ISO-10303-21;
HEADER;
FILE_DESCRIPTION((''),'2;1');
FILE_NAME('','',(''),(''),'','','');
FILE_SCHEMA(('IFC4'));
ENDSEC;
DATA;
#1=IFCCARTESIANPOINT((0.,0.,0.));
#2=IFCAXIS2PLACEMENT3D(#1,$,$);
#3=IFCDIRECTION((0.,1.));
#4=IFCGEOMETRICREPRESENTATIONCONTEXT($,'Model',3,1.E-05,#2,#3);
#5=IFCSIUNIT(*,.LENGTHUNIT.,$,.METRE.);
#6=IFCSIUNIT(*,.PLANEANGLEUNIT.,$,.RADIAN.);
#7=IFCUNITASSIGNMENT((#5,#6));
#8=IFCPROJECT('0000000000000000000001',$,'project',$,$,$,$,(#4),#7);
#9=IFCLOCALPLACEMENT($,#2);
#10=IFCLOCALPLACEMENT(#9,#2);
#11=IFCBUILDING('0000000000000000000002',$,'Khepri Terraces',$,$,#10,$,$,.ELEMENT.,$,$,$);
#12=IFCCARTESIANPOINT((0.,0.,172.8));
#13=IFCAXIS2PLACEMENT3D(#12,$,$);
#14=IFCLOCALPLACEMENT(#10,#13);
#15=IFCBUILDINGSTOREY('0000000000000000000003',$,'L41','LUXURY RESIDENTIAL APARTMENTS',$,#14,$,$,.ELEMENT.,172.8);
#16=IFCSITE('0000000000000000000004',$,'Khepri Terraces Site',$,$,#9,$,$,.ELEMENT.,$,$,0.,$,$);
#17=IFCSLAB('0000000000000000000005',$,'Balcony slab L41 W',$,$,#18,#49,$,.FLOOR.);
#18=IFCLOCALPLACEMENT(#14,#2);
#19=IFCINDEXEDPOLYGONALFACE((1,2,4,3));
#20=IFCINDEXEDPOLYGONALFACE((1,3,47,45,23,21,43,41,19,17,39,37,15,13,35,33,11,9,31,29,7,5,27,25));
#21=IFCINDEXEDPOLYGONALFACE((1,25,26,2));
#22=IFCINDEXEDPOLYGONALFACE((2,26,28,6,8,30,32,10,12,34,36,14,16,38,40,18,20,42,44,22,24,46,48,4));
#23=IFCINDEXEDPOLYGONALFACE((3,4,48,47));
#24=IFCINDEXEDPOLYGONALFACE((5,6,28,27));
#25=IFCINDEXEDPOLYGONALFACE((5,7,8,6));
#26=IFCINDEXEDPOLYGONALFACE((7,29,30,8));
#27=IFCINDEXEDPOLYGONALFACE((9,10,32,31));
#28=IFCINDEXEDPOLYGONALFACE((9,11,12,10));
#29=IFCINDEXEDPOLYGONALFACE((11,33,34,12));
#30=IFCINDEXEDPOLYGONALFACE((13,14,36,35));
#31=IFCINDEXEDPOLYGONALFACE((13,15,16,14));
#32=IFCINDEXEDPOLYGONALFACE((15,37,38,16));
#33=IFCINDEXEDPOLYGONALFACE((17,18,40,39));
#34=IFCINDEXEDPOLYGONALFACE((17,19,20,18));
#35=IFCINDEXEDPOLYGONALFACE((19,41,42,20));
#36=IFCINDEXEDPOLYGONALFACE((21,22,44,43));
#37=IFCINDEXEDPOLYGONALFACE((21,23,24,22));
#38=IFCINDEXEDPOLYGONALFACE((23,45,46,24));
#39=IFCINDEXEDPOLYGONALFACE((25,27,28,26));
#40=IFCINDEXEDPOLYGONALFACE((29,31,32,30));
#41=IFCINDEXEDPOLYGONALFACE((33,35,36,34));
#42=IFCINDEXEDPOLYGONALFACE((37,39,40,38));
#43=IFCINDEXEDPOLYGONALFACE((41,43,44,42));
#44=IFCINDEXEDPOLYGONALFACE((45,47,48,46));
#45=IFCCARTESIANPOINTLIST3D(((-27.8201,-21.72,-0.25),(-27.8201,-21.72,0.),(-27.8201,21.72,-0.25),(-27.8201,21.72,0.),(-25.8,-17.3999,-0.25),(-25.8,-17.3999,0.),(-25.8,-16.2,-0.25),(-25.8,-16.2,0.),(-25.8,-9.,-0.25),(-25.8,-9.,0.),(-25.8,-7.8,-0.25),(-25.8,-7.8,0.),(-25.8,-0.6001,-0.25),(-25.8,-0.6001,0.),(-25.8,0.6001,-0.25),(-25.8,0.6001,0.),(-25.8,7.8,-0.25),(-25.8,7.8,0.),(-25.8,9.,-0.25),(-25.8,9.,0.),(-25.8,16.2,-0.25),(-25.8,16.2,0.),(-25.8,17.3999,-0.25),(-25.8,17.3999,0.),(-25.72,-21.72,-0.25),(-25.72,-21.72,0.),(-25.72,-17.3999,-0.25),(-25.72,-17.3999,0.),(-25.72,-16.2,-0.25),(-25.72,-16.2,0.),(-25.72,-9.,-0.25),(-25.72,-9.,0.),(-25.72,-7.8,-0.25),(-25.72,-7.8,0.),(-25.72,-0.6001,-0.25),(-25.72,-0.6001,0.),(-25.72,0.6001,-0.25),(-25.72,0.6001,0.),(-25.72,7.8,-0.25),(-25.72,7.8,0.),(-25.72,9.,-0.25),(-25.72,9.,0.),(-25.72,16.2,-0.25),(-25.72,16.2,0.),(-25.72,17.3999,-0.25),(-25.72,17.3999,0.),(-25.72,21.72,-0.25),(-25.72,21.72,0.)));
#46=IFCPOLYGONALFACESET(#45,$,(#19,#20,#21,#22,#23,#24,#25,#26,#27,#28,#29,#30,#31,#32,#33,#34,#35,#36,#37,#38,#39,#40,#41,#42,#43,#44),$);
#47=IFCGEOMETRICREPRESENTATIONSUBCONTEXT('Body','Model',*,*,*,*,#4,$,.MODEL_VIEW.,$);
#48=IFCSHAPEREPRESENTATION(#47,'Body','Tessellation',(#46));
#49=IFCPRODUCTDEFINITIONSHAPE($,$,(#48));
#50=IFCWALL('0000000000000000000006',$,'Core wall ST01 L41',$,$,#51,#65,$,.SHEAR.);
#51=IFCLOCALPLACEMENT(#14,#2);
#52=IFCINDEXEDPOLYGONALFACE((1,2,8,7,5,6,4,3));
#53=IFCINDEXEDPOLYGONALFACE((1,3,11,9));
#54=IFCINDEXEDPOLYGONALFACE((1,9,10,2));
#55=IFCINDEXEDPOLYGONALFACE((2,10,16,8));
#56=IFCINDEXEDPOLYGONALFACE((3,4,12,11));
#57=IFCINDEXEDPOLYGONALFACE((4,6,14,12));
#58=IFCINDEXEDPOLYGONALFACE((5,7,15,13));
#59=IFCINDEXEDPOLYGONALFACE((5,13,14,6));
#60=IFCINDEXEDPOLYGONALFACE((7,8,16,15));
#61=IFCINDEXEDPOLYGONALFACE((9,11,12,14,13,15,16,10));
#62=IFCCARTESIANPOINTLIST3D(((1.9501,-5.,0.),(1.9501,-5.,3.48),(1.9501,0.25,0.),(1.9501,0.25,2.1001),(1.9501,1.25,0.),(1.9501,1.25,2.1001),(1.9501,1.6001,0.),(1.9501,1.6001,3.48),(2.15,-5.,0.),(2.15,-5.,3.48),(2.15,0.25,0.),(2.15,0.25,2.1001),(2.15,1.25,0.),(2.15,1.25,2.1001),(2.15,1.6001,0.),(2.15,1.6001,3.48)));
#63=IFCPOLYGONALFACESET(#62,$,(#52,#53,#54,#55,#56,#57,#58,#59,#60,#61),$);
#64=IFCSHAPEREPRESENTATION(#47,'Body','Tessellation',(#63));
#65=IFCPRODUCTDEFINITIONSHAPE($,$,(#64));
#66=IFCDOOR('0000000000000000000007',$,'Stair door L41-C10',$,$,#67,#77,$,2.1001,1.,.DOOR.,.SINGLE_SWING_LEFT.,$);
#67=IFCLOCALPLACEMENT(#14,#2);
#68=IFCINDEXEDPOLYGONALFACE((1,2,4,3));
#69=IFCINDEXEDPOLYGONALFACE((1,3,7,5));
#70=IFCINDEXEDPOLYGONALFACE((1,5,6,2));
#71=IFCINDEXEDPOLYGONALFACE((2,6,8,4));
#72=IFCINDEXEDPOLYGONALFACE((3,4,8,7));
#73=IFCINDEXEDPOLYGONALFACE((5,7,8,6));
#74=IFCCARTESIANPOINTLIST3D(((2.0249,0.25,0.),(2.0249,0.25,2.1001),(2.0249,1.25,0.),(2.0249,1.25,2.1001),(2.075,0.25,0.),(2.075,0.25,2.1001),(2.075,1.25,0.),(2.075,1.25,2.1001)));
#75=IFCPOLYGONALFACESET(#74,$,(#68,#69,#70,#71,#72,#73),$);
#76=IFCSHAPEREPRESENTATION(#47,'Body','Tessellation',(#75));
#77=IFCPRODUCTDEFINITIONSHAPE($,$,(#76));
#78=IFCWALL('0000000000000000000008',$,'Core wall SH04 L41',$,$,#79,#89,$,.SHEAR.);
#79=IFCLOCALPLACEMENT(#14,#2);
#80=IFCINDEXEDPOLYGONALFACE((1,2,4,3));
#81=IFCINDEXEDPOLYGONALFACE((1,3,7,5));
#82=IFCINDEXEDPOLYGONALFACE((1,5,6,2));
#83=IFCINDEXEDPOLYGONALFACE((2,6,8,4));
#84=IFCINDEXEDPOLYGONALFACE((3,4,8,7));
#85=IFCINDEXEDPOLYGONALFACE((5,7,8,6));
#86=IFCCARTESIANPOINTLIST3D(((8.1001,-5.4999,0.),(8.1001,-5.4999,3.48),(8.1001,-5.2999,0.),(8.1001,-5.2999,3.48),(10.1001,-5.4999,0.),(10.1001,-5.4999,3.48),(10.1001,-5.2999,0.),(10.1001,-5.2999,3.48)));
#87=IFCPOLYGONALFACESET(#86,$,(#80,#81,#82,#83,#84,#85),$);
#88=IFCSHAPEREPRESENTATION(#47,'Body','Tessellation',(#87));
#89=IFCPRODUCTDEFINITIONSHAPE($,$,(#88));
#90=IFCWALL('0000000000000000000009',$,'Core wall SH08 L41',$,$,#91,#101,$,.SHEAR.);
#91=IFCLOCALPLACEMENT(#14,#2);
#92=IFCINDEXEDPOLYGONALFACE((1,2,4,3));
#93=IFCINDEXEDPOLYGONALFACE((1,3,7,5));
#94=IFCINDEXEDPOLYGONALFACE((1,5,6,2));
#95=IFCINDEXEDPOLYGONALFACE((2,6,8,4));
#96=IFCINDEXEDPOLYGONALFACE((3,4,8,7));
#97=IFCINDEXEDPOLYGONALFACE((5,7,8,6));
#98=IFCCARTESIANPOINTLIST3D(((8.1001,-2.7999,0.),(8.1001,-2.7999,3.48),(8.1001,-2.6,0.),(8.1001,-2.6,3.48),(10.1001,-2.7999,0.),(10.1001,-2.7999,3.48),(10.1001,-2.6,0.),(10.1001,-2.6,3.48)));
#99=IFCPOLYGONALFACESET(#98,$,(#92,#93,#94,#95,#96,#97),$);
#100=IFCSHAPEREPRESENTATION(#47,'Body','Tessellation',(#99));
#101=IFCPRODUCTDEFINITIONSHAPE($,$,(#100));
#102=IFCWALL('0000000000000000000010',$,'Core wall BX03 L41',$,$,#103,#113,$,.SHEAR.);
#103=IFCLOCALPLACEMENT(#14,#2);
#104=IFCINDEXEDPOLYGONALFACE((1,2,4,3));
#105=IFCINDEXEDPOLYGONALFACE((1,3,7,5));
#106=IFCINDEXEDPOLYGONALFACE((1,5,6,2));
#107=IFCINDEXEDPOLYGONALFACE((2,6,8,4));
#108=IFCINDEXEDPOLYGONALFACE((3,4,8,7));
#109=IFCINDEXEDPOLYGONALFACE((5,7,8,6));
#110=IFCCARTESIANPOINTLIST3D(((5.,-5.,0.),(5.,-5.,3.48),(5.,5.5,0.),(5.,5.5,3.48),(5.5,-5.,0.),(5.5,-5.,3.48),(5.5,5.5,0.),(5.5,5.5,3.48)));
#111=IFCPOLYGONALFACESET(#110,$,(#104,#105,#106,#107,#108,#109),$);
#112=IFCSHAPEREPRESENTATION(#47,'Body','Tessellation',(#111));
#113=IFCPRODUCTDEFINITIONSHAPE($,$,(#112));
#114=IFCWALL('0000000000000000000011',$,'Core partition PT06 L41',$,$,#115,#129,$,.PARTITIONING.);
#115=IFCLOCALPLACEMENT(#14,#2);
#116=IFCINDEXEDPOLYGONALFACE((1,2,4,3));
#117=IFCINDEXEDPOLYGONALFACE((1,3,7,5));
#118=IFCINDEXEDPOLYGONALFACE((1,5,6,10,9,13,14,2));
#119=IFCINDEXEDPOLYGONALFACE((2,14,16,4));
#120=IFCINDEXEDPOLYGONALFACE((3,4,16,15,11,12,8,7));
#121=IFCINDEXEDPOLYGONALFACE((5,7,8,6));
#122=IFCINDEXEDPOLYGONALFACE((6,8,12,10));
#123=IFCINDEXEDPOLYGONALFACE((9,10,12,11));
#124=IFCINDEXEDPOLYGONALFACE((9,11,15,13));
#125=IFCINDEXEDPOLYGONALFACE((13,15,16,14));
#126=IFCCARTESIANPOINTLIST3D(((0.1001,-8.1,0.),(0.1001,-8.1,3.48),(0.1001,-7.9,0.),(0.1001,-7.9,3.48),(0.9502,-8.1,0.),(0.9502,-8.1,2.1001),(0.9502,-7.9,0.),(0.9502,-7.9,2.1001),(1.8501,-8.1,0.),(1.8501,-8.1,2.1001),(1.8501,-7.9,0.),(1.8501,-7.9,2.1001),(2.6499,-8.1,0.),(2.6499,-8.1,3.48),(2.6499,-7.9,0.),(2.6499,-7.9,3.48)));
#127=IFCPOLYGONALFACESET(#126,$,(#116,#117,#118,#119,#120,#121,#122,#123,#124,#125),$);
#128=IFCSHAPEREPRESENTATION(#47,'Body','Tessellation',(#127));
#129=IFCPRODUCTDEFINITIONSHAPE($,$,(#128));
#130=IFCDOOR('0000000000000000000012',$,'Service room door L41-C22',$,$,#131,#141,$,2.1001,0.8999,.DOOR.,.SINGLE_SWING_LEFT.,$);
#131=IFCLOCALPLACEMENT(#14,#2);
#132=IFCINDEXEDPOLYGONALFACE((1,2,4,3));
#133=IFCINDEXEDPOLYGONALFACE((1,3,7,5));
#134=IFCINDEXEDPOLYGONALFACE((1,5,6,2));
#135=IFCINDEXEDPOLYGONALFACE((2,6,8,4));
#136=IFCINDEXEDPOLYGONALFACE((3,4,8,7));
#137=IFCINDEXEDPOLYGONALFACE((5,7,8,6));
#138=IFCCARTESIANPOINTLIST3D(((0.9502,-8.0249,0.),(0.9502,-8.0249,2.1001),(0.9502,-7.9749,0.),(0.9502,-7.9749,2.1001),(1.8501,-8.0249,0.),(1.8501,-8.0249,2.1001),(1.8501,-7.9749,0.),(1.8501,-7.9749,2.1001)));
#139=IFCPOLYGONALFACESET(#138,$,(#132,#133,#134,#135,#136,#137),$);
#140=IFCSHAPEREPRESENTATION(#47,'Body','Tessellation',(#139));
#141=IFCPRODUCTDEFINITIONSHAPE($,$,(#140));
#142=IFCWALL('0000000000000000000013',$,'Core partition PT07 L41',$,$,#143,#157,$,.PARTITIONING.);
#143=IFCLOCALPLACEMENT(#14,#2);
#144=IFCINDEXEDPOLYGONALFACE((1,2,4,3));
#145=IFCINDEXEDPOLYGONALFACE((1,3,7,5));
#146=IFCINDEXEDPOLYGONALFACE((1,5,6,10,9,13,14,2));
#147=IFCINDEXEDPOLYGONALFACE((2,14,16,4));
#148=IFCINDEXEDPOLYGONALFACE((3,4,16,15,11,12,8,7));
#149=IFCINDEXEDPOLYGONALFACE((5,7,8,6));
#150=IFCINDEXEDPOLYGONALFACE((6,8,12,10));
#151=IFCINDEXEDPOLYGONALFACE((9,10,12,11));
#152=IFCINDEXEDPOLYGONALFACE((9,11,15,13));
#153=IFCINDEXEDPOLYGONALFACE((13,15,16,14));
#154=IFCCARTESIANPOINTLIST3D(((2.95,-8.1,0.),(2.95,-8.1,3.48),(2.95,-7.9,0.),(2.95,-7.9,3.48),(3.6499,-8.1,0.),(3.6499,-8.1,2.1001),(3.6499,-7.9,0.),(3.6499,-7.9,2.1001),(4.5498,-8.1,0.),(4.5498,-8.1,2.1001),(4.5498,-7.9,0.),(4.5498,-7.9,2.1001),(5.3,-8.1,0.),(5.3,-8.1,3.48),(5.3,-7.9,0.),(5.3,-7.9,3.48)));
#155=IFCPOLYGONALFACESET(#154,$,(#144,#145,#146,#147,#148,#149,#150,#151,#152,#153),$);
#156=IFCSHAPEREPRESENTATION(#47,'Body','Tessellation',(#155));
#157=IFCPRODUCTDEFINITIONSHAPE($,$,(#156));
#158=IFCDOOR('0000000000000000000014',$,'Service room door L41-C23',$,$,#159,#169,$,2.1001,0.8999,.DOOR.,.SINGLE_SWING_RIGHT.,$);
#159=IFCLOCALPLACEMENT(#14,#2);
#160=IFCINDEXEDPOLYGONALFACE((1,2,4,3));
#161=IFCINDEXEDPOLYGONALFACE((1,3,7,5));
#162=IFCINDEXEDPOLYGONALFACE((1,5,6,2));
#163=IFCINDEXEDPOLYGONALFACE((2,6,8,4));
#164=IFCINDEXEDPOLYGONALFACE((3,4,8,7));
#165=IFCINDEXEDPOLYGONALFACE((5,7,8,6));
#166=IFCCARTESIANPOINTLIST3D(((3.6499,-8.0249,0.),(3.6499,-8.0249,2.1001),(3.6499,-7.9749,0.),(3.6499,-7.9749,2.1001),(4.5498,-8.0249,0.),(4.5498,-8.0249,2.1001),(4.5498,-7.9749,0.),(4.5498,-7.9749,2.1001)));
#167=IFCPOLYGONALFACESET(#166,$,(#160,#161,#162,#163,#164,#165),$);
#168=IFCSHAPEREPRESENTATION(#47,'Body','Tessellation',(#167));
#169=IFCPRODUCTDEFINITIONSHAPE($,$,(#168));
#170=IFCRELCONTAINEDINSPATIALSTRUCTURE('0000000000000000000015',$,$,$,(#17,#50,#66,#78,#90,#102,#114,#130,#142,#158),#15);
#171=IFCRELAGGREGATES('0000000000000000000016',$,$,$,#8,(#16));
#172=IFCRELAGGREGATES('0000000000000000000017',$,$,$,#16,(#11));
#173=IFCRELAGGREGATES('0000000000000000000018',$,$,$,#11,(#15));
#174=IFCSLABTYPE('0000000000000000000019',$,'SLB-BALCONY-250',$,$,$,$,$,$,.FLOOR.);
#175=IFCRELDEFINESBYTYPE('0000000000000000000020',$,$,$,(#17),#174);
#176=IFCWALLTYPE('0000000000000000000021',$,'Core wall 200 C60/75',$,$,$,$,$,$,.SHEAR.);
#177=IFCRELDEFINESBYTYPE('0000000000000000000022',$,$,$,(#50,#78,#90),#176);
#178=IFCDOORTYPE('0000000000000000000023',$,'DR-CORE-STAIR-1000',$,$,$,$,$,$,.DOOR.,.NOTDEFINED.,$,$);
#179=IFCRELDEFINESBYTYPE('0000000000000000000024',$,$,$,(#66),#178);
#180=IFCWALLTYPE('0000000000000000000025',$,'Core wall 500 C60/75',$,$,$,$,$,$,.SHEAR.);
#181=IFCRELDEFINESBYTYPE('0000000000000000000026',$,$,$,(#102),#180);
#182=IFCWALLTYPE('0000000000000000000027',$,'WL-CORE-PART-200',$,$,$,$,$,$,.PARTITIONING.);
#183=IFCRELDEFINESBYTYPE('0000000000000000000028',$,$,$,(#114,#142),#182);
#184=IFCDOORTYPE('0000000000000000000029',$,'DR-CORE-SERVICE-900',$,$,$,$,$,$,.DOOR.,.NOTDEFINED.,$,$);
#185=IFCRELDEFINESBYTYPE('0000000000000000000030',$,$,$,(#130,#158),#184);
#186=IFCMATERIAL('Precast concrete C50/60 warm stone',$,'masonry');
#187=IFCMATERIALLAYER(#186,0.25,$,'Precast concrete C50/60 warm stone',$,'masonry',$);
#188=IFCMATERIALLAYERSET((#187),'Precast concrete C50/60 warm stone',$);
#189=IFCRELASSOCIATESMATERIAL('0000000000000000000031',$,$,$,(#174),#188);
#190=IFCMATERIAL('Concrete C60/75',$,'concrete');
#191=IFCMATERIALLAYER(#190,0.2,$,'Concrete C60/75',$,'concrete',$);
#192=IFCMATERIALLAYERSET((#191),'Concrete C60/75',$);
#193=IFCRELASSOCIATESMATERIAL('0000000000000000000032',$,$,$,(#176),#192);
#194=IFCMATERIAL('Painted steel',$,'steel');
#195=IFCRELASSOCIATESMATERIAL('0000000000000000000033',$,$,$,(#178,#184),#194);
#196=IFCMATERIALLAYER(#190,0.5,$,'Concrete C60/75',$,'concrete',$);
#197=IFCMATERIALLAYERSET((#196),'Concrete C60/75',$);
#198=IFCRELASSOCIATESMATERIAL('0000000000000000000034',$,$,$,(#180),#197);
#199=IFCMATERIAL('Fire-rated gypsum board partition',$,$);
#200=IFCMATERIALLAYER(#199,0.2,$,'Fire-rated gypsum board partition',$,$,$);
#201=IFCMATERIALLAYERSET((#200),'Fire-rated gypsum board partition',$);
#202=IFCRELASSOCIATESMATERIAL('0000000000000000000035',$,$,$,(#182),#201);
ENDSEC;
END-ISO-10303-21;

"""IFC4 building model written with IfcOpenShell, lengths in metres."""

from ifc_helpers import new_model, si_unit, direction, frame, frame_2d, origin, place, context, subcontext, project, spatial, polyline, rectangle, outline, extrude, material, layer, layer_set, type_object, element, fill, save


model = new_model("IFC4")

# Units and contexts
model_context = context("Model", 3, precision=1e-05, world=origin(), true_north=direction((0.0, 1.0)))
body_context = subcontext(model_context, "Body", "Model", "MODEL_VIEW")
ifc_project = project(units=[si_unit("LENGTHUNIT", "METRE"), si_unit("PLANEANGLEUNIT", "RADIAN")], contexts=[model_context])

# Site, building, storey
site_placement = place(None, origin())
site = spatial("IfcSite", under=ifc_project, at=site_placement, Name="Khepri Terraces Site", CompositionType="ELEMENT", RefElevation=0.0)
building_placement = place(site_placement, origin())
building = spatial("IfcBuilding", under=site, at=building_placement, Name="Khepri Terraces", CompositionType="ELEMENT")
storey_placement = place(building_placement, frame((0.0, 0.0, 172.8)))
storey = spatial("IfcBuildingStorey", under=building, at=storey_placement, Name="L41", Description="LUXURY RESIDENTIAL APARTMENTS", CompositionType="ELEMENT", Elevation=172.8)

# Slab
ifc_material_1 = material(Name="Precast concrete C50/60 warm stone", Category="masonry")
ifc_layer_1 = layer(ifc_material_1, 0.25, Name="Precast concrete C50/60 warm stone", Category="masonry")
ifc_layer_set_1 = layer_set([ifc_layer_1], Name="Precast concrete C50/60 warm stone")
slab_type_1 = type_object("IfcSlabType", Name="SLB-BALCONY-250", PredefinedType="FLOOR", material=ifc_layer_set_1)
slab_1_placement = place(storey_placement, frame((0.0, 0.0, -0.25)))
element("IfcSlab", 1, at=slab_1_placement, inside=storey, type_object=slab_type_1, Name="Balcony slab L41 W", PredefinedType="FLOOR", context=body_context, shape_type="SweptSolid", body=[
    extrude(outline(polyline([(-25.72, 17.3999), (-25.72, 21.72), (-27.8201, 21.72), (-27.8201, -21.72), (-25.72, -21.72), (-25.72, -17.3999), (-25.8, -17.3999), (-25.8, -16.2), (-25.72, -16.2), (-25.72, -9.0), (-25.8, -9.0), (-25.8, -7.8), (-25.72, -7.8), (-25.72, -0.6001), (-25.8, -0.6001), (-25.8, 0.6001), (-25.72, 0.6001), (-25.72, 7.8), (-25.8, 7.8), (-25.8, 9.0), (-25.72, 9.0), (-25.72, 16.2), (-25.8, 16.2), (-25.8, 17.3999), (-25.72, 17.3999)])), origin(), (0.0, 0.0, 1.0), 0.25),
])

# Wall, opening, door
ifc_material_2 = material(Name="Concrete C60/75", Category="concrete")
ifc_layer_2 = layer(ifc_material_2, 0.2, Name="Concrete C60/75", Category="concrete")
ifc_layer_set_2 = layer_set([ifc_layer_2], Name="Concrete C60/75")
wall_type_1 = type_object("IfcWallType", Name="Core wall 200 C60/75", PredefinedType="SHEAR", material=ifc_layer_set_2)
wall_1_placement = place(storey_placement, frame((2.05, -5.0, 0.0), z_axis=(0.0, 0.0, 1.0), x_axis=(0.0, 1.0, 0.0)))
wall_1 = element("IfcWall", 2, at=wall_1_placement, inside=storey, type_object=wall_type_1, Name="Core wall ST01 L41", PredefinedType="SHEAR", context=body_context, shape_type="SweptSolid", body=[
    extrude(rectangle(XDim=6.6001, YDim=0.2, at=frame_2d((3.3, 0.0))), origin(), (0.0, 0.0, 1.0), 3.48),
])
opening_1_placement = place(wall_1_placement, frame((5.25, 0.0, 0.0)))
opening_1 = element("IfcOpeningElement", 3, at=opening_1_placement, cuts=wall_1, PredefinedType="OPENING", context=body_context, shape_type="SweptSolid", body=[
    extrude(rectangle(XDim=1.0, YDim=2.1001, at=frame_2d((0.5, 1.05))), frame((0.0, 0.1099, 0.0), z_axis=(0.0, -1.0, 0.0), x_axis=(1.0, 0.0, 0.0)), (0.0, 0.0, 1.0), 0.22),
])
ifc_material_3 = material(Name="Painted steel", Category="steel")
door_type_1 = type_object("IfcDoorType", Name="DR-CORE-STAIR-1000", OperationType="NOTDEFINED", PredefinedType="DOOR", material=ifc_material_3)
door_1_placement = place(opening_1_placement, frame((1.0, 0.0, 0.0), z_axis=(0.0, 0.0, 1.0), x_axis=(-1.0, 0.0, 0.0)))
door_1 = element("IfcDoor", 4, at=door_1_placement, inside=storey, type_object=door_type_1, Name="Stair door L41-C10", OperationType="SINGLE_SWING_LEFT", OverallHeight=2.1001, OverallWidth=1.0, PredefinedType="DOOR", context=body_context, shape_type="SweptSolid", body=[
    extrude(rectangle(XDim=1.0, YDim=2.1001, at=frame_2d((0.5, 1.05))), frame((0.0, 0.0249, 0.0), z_axis=(0.0, -1.0, 0.0), x_axis=(1.0, 0.0, 0.0)), (0.0, 0.0, 1.0), 0.05),
])
fill(opening_1, door_1)

# Walls
for number, where, z_axis, x_axis, name in (
    (5, (8.1001, -5.3999, 0.0), (0.0, 0.0, 1.0), (1.0, 0.0, 0.0), "Core wall SH04 L41"),
    (6, (8.1001, -2.7, 0.0), (0.0, 0.0, 1.0), (1.0, 0.0, 0.0), "Core wall SH08 L41"),
):
    element("IfcWall", number, at=place(storey_placement, frame(where, z_axis=z_axis, x_axis=x_axis)), inside=storey, type_object=wall_type_1, Name=name, PredefinedType="SHEAR", context=body_context, shape_type="SweptSolid", body=[
        extrude(rectangle(XDim=2.0, YDim=0.2, at=frame_2d((1.0, 0.0))), origin(), (0.0, 0.0, 1.0), 3.48),
    ])
ifc_layer_3 = layer(ifc_material_2, 0.5, Name="Concrete C60/75", Category="concrete")
ifc_layer_set_3 = layer_set([ifc_layer_3], Name="Concrete C60/75")
wall_type_2 = type_object("IfcWallType", Name="Core wall 500 C60/75", PredefinedType="SHEAR", material=ifc_layer_set_3)
wall_2_placement = place(storey_placement, frame((5.25, -5.0, 0.0), z_axis=(0.0, 0.0, 1.0), x_axis=(0.0, 1.0, 0.0)))
element("IfcWall", 7, at=wall_2_placement, inside=storey, type_object=wall_type_2, Name="Core wall BX03 L41", PredefinedType="SHEAR", context=body_context, shape_type="SweptSolid", body=[
    extrude(rectangle(XDim=10.5, YDim=0.5, at=frame_2d((5.25, 0.0))), origin(), (0.0, 0.0, 1.0), 3.48),
])

# Walls, openings, doors
ifc_material_4 = material(Name="Fire-rated gypsum board partition")
ifc_layer_4 = layer(ifc_material_4, 0.2, Name="Fire-rated gypsum board partition")
ifc_layer_set_4 = layer_set([ifc_layer_4], Name="Fire-rated gypsum board partition")
wall_type_3 = type_object("IfcWallType", Name="WL-CORE-PART-200", PredefinedType="PARTITIONING", material=ifc_layer_set_4)
wall_3_placement = place(storey_placement, frame((0.1001, -8.0, 0.0), z_axis=(0.0, 0.0, 1.0), x_axis=(1.0, 0.0, 0.0)))
wall_3 = element("IfcWall", 8, at=wall_3_placement, inside=storey, type_object=wall_type_3, Name="Core partition PT06 L41", PredefinedType="PARTITIONING", context=body_context, shape_type="SweptSolid", body=[
    extrude(rectangle(XDim=2.5498, YDim=0.2, at=frame_2d((1.2749, 0.0))), origin(), (0.0, 0.0, 1.0), 3.48),
])
opening_2_placement = place(wall_3_placement, frame((0.8501, 0.0, 0.0)))
opening_2 = element("IfcOpeningElement", 9, at=opening_2_placement, cuts=wall_3, PredefinedType="OPENING", context=body_context, shape_type="SweptSolid", body=[
    extrude(rectangle(XDim=0.8999, YDim=2.1001, at=frame_2d((0.45, 1.05))), frame((0.0, 0.1099, 0.0), z_axis=(0.0, -1.0, 0.0), x_axis=(1.0, 0.0, 0.0)), (0.0, 0.0, 1.0), 0.22),
])
door_type_2 = type_object("IfcDoorType", Name="DR-CORE-SERVICE-900", OperationType="NOTDEFINED", PredefinedType="DOOR", material=ifc_material_3)
door_2_placement = place(opening_2_placement, frame((0.8999, 0.0, 0.0), z_axis=(0.0, 0.0, 1.0), x_axis=(-1.0, 0.0, 0.0)))
door_2 = element("IfcDoor", 10, at=door_2_placement, inside=storey, type_object=door_type_2, Name="Service room door L41-C22", OperationType="SINGLE_SWING_LEFT", OverallHeight=2.1001, OverallWidth=0.8999, PredefinedType="DOOR", context=body_context, shape_type="SweptSolid", body=[
    extrude(rectangle(XDim=0.8999, YDim=2.1001, at=frame_2d((0.45, 1.05))), frame((0.0, 0.0249, 0.0), z_axis=(0.0, -1.0, 0.0), x_axis=(1.0, 0.0, 0.0)), (0.0, 0.0, 1.0), 0.05),
])
fill(opening_2, door_2)
wall_4_placement = place(storey_placement, frame((2.95, -8.0, 0.0), z_axis=(0.0, 0.0, 1.0), x_axis=(1.0, 0.0, 0.0)))
wall_4 = element("IfcWall", 11, at=wall_4_placement, inside=storey, type_object=wall_type_3, Name="Core partition PT07 L41", PredefinedType="PARTITIONING", context=body_context, shape_type="SweptSolid", body=[
    extrude(rectangle(XDim=2.3501, YDim=0.2, at=frame_2d((1.175, 0.0))), origin(), (0.0, 0.0, 1.0), 3.48),
])
opening_3_placement = place(wall_4_placement, frame((0.7, 0.0, 0.0)))
opening_3 = element("IfcOpeningElement", 12, at=opening_3_placement, cuts=wall_4, PredefinedType="OPENING", context=body_context, shape_type="SweptSolid", body=[
    extrude(rectangle(XDim=0.8999, YDim=2.1001, at=frame_2d((0.45, 1.05))), frame((0.0, 0.1099, 0.0), z_axis=(0.0, -1.0, 0.0), x_axis=(1.0, 0.0, 0.0)), (0.0, 0.0, 1.0), 0.22),
])
door_3_placement = place(opening_3_placement, frame((0.8999, 0.0, 0.0), z_axis=(0.0, 0.0, 1.0), x_axis=(-1.0, 0.0, 0.0)))
door_3 = element("IfcDoor", 13, at=door_3_placement, inside=storey, type_object=door_type_2, Name="Service room door L41-C23", OperationType="SINGLE_SWING_RIGHT", OverallHeight=2.1001, OverallWidth=0.8999, PredefinedType="DOOR", context=body_context, shape_type="SweptSolid", body=[
    extrude(rectangle(XDim=0.8999, YDim=2.1001, at=frame_2d((0.45, 1.05))), frame((0.0, 0.0249, 0.0), z_axis=(0.0, -1.0, 0.0), x_axis=(1.0, 0.0, 0.0)), (0.0, 0.0, 1.0), 0.05),
])
fill(opening_3, door_3)

save(model, "model.ifc")
